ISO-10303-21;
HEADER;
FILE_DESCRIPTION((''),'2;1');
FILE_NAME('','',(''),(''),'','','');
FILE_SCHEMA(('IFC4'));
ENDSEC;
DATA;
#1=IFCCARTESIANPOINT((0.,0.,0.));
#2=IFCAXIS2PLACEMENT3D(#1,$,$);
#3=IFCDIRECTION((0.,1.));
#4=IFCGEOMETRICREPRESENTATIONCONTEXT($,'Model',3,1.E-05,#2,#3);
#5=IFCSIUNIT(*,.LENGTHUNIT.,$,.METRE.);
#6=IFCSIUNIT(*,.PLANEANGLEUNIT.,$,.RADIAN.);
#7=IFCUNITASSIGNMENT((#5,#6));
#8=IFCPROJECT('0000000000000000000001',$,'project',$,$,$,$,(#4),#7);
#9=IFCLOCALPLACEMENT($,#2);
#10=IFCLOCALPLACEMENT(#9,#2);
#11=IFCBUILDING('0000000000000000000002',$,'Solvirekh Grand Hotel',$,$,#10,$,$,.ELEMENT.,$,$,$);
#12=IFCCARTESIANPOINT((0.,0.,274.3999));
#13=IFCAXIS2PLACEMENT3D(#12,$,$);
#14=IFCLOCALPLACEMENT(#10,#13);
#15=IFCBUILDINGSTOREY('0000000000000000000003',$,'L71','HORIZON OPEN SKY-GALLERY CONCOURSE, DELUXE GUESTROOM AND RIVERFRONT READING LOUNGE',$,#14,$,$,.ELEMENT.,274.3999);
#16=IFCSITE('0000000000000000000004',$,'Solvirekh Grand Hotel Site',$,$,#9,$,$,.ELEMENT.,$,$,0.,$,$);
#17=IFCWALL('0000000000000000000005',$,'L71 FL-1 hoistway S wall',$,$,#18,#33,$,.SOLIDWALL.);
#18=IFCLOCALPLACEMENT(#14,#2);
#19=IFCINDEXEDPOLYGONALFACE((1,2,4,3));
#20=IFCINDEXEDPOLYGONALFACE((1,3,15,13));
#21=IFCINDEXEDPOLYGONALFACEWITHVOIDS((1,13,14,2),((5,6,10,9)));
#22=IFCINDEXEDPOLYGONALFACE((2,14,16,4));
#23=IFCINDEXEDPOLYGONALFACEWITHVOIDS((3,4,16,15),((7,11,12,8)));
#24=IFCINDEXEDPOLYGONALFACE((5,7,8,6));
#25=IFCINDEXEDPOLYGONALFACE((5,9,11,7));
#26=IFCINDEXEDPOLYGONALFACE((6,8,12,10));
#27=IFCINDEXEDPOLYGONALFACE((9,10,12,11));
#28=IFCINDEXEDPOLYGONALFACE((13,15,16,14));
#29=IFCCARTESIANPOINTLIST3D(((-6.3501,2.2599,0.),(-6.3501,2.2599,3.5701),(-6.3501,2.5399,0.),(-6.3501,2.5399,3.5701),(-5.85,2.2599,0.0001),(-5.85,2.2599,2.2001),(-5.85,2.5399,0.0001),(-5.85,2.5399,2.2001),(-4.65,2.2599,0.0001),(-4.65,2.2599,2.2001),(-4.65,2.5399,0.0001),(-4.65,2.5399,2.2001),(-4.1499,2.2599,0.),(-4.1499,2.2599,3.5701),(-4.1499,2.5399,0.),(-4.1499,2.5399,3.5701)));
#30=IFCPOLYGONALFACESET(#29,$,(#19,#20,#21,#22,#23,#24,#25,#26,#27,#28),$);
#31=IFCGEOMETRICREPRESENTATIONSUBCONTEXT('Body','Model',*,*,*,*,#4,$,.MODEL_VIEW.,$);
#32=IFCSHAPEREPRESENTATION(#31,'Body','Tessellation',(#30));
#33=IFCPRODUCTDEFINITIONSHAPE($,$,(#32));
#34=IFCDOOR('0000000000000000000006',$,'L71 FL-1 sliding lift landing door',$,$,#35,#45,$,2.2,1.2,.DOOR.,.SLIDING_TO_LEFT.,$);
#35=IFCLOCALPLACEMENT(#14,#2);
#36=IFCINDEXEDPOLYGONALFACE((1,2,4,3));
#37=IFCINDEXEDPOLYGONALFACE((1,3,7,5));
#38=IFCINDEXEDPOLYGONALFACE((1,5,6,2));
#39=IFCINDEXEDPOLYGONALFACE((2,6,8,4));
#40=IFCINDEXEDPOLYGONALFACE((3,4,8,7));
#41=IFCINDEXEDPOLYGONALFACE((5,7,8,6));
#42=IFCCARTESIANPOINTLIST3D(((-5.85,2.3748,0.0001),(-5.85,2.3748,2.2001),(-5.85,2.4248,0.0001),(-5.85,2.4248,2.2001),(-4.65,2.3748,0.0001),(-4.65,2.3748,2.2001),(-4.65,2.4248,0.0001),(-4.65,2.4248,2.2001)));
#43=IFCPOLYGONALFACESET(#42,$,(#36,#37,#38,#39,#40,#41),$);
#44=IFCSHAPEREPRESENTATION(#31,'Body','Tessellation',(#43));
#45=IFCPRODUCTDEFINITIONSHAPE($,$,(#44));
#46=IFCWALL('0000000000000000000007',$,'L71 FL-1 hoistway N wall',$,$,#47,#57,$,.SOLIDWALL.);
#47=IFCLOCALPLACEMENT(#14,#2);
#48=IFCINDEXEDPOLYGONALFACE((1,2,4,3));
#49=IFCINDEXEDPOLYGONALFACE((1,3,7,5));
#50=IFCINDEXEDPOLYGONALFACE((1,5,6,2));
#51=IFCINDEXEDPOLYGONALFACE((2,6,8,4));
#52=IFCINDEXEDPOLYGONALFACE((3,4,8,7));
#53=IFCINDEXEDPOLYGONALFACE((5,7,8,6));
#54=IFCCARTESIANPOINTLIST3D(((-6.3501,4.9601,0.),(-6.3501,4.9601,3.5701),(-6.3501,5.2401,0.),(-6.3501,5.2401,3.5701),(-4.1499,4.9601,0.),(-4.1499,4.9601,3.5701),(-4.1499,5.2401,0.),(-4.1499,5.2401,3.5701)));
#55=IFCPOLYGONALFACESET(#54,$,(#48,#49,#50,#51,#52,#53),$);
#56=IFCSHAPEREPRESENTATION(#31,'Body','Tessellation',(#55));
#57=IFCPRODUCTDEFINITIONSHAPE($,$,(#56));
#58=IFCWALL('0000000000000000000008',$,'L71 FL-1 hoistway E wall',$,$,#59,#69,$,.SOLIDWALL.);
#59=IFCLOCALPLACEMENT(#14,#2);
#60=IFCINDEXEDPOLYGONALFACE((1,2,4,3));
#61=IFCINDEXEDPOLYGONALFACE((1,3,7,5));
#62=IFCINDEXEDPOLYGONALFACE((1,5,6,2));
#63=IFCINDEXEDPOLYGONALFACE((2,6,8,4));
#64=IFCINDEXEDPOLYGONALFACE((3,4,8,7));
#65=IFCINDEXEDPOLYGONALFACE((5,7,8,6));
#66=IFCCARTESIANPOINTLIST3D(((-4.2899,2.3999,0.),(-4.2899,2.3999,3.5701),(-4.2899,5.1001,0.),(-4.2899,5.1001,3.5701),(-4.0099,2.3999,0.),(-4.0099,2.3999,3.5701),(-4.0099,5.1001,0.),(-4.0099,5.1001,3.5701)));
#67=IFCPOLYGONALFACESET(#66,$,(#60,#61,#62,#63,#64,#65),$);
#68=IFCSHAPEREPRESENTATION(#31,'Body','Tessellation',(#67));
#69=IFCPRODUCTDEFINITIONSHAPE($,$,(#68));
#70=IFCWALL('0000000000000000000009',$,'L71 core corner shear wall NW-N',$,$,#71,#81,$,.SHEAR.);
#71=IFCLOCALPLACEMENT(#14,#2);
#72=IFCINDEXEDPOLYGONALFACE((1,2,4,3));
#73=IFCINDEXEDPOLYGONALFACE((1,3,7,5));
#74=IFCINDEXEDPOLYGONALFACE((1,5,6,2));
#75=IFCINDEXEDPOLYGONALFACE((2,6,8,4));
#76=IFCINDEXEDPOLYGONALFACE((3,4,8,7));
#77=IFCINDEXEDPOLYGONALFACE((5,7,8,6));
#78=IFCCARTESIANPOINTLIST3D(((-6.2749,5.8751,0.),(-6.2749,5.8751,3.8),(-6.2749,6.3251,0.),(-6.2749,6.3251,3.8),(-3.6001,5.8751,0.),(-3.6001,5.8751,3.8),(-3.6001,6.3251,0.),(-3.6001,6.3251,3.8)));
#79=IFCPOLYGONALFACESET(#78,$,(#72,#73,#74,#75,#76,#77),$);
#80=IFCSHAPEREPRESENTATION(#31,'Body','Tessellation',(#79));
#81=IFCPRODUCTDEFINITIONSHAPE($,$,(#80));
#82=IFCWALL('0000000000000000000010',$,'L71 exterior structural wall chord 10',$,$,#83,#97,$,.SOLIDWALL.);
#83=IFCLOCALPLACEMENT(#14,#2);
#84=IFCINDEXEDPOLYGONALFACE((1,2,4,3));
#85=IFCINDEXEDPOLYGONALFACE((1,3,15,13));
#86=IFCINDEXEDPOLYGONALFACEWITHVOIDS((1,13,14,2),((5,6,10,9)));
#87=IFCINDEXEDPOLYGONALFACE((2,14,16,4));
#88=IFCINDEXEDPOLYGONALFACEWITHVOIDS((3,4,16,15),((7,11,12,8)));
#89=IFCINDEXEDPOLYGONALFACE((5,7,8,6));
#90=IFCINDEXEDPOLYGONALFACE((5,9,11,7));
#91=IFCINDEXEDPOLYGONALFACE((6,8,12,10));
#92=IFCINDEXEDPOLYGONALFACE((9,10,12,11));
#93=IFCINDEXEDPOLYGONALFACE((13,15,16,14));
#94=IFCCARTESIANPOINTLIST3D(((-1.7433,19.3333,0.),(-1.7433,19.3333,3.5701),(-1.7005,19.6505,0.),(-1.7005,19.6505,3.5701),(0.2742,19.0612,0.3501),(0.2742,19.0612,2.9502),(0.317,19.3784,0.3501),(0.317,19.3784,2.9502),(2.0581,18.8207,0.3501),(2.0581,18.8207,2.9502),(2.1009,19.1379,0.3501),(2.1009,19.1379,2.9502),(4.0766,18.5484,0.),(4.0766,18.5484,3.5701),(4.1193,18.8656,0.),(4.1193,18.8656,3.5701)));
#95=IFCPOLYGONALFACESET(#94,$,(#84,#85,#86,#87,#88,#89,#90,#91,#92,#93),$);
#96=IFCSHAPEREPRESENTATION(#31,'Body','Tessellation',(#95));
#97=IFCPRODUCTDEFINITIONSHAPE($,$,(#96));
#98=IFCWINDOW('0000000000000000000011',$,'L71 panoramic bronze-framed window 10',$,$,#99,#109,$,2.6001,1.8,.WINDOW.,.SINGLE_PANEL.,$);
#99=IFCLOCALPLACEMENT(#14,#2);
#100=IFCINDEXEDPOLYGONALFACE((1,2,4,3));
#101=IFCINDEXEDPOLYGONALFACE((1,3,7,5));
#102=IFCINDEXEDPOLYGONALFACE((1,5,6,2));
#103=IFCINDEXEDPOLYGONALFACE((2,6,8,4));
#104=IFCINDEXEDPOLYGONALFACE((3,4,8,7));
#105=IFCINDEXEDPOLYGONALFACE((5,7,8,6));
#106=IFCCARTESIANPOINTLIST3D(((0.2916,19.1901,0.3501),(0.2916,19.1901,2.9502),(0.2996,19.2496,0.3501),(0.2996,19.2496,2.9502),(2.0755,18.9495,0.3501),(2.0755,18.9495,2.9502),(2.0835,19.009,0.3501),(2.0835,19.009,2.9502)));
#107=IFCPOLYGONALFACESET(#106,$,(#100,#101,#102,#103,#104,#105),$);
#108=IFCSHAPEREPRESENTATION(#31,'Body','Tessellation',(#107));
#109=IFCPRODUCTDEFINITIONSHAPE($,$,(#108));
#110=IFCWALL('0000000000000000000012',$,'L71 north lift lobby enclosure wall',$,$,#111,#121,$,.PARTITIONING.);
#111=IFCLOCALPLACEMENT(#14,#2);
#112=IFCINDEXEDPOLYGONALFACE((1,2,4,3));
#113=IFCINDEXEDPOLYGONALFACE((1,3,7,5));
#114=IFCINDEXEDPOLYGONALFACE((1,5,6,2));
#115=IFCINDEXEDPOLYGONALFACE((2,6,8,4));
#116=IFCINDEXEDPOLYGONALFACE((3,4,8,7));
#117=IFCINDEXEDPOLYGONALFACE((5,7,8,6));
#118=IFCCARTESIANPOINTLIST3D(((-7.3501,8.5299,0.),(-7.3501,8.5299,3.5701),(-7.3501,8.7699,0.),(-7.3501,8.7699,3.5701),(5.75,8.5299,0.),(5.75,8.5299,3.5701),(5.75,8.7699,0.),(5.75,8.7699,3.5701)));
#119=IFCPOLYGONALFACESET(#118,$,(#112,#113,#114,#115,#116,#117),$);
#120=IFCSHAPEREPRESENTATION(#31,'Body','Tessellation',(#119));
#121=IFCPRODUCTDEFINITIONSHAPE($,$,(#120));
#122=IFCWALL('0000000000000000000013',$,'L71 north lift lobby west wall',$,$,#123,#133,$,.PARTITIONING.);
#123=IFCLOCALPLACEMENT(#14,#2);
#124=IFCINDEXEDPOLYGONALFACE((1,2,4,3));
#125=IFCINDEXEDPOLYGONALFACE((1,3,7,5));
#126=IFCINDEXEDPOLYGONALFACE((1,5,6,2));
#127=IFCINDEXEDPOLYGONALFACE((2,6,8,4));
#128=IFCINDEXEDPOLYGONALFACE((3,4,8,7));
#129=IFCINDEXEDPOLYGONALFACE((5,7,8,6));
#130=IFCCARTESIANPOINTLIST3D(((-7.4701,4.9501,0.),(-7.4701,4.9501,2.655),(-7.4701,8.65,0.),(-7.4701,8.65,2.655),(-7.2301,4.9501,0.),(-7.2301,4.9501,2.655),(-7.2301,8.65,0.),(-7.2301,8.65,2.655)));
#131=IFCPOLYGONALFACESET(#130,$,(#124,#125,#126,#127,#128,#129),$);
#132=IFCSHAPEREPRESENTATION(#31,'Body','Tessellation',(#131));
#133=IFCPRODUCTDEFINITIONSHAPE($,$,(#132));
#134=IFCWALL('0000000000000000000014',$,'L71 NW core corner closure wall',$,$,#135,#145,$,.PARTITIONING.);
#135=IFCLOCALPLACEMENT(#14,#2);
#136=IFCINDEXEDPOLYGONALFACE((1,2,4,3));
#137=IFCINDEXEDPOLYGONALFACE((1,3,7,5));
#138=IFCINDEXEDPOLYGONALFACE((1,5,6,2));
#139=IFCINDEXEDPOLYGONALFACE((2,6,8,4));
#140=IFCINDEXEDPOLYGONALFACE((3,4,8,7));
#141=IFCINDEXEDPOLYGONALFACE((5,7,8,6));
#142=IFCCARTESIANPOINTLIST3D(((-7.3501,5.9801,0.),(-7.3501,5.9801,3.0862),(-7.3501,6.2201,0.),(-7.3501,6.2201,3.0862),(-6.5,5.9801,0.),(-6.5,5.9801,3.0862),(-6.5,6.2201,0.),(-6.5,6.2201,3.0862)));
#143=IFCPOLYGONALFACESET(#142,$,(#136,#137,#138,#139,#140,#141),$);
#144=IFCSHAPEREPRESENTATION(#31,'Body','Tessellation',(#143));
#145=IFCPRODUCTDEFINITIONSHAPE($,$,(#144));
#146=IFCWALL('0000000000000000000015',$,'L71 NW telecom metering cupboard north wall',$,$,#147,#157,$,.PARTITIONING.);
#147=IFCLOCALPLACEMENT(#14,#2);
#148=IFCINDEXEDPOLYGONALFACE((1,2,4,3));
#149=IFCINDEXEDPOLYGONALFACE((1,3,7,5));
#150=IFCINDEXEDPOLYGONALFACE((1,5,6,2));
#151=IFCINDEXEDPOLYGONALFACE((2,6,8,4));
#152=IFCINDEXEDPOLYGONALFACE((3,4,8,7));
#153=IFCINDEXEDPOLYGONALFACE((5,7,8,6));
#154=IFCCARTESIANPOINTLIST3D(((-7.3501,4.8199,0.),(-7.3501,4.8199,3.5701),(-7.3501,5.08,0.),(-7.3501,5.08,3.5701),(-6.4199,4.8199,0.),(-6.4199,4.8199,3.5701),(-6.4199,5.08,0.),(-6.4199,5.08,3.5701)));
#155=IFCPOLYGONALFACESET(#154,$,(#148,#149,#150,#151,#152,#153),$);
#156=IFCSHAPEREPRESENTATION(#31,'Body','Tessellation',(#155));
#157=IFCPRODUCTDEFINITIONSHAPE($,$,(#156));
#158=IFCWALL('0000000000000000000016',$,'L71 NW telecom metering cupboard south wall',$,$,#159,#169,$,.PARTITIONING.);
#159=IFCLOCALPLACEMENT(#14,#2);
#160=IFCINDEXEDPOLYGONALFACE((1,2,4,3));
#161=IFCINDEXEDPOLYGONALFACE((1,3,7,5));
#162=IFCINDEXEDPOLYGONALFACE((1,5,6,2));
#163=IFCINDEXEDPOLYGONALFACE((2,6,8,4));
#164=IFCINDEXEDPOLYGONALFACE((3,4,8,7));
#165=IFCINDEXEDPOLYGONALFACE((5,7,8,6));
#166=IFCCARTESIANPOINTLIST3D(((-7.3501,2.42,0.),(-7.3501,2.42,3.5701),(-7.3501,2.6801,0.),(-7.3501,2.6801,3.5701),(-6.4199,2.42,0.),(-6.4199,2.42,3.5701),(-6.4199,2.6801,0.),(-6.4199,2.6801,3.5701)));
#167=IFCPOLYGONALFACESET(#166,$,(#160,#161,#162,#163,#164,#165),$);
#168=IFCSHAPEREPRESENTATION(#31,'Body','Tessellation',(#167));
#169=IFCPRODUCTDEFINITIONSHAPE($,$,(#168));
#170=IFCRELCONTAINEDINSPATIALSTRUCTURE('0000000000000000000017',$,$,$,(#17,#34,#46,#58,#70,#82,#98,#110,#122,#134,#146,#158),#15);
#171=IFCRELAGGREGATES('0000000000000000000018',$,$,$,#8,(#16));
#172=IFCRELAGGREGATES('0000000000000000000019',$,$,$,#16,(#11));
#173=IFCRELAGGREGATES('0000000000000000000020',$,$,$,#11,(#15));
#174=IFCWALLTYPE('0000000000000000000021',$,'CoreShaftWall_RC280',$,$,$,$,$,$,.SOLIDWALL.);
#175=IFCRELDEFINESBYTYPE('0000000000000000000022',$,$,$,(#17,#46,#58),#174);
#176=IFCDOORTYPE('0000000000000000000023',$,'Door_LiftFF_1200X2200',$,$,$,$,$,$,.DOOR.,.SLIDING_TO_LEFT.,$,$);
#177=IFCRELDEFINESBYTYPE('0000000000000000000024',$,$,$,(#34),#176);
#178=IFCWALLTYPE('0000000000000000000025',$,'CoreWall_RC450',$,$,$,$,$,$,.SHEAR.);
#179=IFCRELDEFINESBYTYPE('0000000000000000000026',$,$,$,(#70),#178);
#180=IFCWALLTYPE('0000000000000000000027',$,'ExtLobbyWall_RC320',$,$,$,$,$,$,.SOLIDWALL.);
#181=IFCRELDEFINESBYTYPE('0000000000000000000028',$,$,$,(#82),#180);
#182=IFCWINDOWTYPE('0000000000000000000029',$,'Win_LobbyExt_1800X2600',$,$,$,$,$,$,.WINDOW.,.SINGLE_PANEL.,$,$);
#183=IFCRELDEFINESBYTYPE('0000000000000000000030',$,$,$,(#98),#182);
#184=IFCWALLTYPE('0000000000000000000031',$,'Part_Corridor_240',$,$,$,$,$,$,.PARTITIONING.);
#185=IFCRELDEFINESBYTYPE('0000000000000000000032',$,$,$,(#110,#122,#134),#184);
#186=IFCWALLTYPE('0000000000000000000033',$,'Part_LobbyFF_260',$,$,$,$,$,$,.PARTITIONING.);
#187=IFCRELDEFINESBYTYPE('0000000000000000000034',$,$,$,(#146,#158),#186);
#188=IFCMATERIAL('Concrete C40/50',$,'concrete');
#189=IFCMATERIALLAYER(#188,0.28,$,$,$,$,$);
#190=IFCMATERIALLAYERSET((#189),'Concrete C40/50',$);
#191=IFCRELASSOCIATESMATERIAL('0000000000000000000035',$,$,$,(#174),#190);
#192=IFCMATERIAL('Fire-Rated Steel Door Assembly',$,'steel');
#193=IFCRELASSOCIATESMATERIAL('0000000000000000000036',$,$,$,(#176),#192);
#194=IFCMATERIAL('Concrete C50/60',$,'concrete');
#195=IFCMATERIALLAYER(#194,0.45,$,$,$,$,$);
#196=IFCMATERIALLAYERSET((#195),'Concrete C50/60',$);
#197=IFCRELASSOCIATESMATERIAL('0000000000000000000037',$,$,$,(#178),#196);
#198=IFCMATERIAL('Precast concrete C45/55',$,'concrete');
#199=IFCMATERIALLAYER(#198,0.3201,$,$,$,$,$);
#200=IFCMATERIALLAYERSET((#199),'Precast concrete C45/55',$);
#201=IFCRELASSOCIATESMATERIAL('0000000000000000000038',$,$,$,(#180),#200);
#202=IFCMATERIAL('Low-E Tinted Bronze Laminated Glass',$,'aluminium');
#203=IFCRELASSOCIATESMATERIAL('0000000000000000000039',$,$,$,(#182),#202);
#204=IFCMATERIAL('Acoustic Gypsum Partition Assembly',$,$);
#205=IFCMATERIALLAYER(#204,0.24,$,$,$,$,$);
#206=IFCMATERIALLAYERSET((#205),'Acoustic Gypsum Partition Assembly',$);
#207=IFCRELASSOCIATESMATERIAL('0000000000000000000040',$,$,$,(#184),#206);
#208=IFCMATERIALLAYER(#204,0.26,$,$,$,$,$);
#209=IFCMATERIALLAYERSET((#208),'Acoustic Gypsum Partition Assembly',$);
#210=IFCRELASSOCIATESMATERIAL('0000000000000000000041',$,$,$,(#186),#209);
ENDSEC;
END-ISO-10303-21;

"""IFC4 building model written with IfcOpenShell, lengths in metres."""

from ifc_helpers import new_model, si_unit, direction, frame, frame_2d, origin, place, context, subcontext, project, spatial, rectangle, extrude, material, layer, layer_set, type_object, element, fill, save


model = new_model("IFC4")

# Units and contexts
model_context = context("Model", 3, precision=1e-05, world=origin(), true_north=direction((0.0, 1.0)))
body_context = subcontext(model_context, "Body", "Model", "MODEL_VIEW")
ifc_project = project(units=[si_unit("LENGTHUNIT", "METRE"), si_unit("PLANEANGLEUNIT", "RADIAN")], contexts=[model_context])

# Site, building, storey
site_placement = place(None, origin())
site = spatial("IfcSite", under=ifc_project, at=site_placement, Name="Solvirekh Grand Hotel Site", CompositionType="ELEMENT", RefElevation=0.0)
building_placement = place(site_placement, origin())
building = spatial("IfcBuilding", under=site, at=building_placement, Name="Solvirekh Grand Hotel", CompositionType="ELEMENT")
storey_placement = place(building_placement, frame((0.0, 0.0, 274.3999)))
storey = spatial("IfcBuildingStorey", under=building, at=storey_placement, Name="L71", Description="HORIZON OPEN SKY-GALLERY CONCOURSE, DELUXE GUESTROOM AND RIVERFRONT READING LOUNGE", CompositionType="ELEMENT", Elevation=274.3999)

# Shared definitions
ifc_material_1 = material(Name="Concrete C50/60", Category="concrete")

# Shared definitions
ifc_material_2 = material(Name="Low-E Tinted Bronze Laminated Glass", Category="aluminium")

# Shared definitions
ifc_material_3 = material(Name="Concrete C40/50", Category="concrete")
ifc_layer_1 = layer(ifc_material_3, 0.28)
ifc_layer_set_1 = layer_set([ifc_layer_1], Name="Concrete C40/50")
wall_type_1 = type_object("IfcWallType", Name="CoreShaftWall_RC280", PredefinedType="SOLIDWALL", material=ifc_layer_set_1)
ifc_material_4 = material(Name="Fire-Rated Steel Door Assembly", Category="steel")

# Wall, opening, door
wall_1_placement = place(storey_placement, frame((-6.3501, 2.3999, 0.0), z_axis=(0.0, 0.0, 1.0), x_axis=(1.0, 0.0, 0.0)))
wall_1 = element("IfcWall", 1, at=wall_1_placement, inside=storey, type_object=wall_type_1, Name="L71 FL-1 hoistway S wall", PredefinedType="SOLIDWALL", context=body_context, shape_type="SweptSolid", body=[
    extrude(rectangle(XDim=2.2002, YDim=0.28, at=frame_2d((1.1001, 0.0))), origin(), (0.0, 0.0, 1.0), 3.5701),
])
opening_1_placement = place(wall_1_placement, frame((0.5, 0.0, 0.0)))
opening_1 = element("IfcOpeningElement", 2, at=opening_1_placement, cuts=wall_1, PredefinedType="OPENING", context=body_context, shape_type="SweptSolid", body=[
    extrude(rectangle(XDim=1.2, YDim=2.2, at=frame_2d((0.6001, 1.1001))), frame((0.0, 0.1499, 0.0), z_axis=(0.0, -1.0, 0.0), x_axis=(1.0, 0.0, 0.0)), (0.0, 0.0, 1.0), 0.3),
])
door_type_1 = type_object("IfcDoorType", Name="Door_LiftFF_1200X2200", OperationType="SLIDING_TO_LEFT", PredefinedType="DOOR", material=ifc_material_4)
door_1_placement = place(opening_1_placement, origin())
door_1 = element("IfcDoor", 3, at=door_1_placement, inside=storey, type_object=door_type_1, Name="L71 FL-1 sliding lift landing door", OperationType="SLIDING_TO_LEFT", OverallHeight=2.2, OverallWidth=1.2, PredefinedType="DOOR", context=body_context, shape_type="SweptSolid", body=[
    extrude(rectangle(XDim=1.2, YDim=2.2, at=frame_2d((0.6001, 1.1001))), frame((0.0, 0.0249, 0.0), z_axis=(0.0, -1.0, 0.0), x_axis=(1.0, 0.0, 0.0)), (0.0, 0.0, 1.0), 0.05),
])
fill(opening_1, door_1)

# Walls
wall_2_placement = place(storey_placement, frame((-4.1499, 5.1001, 0.0), z_axis=(0.0, 0.0, 1.0), x_axis=(-1.0, 0.0, 0.0)))
element("IfcWall", 4, at=wall_2_placement, inside=storey, type_object=wall_type_1, Name="L71 FL-1 hoistway N wall", PredefinedType="SOLIDWALL", context=body_context, shape_type="SweptSolid", body=[
    extrude(rectangle(XDim=2.2002, YDim=0.28, at=frame_2d((1.1001, 0.0))), origin(), (0.0, 0.0, 1.0), 3.5701),
])
wall_3_placement = place(storey_placement, frame((-4.1499, 2.3999, 0.0), z_axis=(0.0, 0.0, 1.0), x_axis=(0.0, 1.0, 0.0)))
element("IfcWall", 5, at=wall_3_placement, inside=storey, type_object=wall_type_1, Name="L71 FL-1 hoistway E wall", PredefinedType="SOLIDWALL", context=body_context, shape_type="SweptSolid", body=[
    extrude(rectangle(XDim=2.7002, YDim=0.28, at=frame_2d((1.3501, 0.0))), origin(), (0.0, 0.0, 1.0), 3.5701),
])
ifc_layer_2 = layer(ifc_material_1, 0.45)
ifc_layer_set_2 = layer_set([ifc_layer_2], Name="Concrete C50/60")
wall_type_2 = type_object("IfcWallType", Name="CoreWall_RC450", PredefinedType="SHEAR", material=ifc_layer_set_2)
wall_4_placement = place(storey_placement, frame((-6.2749, 6.1001, 0.0), z_axis=(0.0, 0.0, 1.0), x_axis=(1.0, 0.0, 0.0)))
element("IfcWall", 6, at=wall_4_placement, inside=storey, type_object=wall_type_2, Name="L71 core corner shear wall NW-N", PredefinedType="SHEAR", context=body_context, shape_type="SweptSolid", body=[
    extrude(rectangle(XDim=2.6748, YDim=0.45, at=frame_2d((1.3374, 0.0))), origin(), (0.0, 0.0, 1.0), 3.8),
])

# Wall, opening, window
ifc_material_5 = material(Name="Precast concrete C45/55", Category="concrete")
ifc_layer_3 = layer(ifc_material_5, 0.3201)
ifc_layer_set_3 = layer_set([ifc_layer_3], Name="Precast concrete C45/55")
wall_type_3 = type_object("IfcWallType", Name="ExtLobbyWall_RC320", PredefinedType="SOLIDWALL", material=ifc_layer_set_3)
wall_5_placement = place(storey_placement, frame((-1.7219, 19.4919, 0.0), z_axis=(0.0, 0.0, 1.0), x_axis=(0.991027, -0.133659, 0.0)))
wall_5 = element("IfcWall", 7, at=wall_5_placement, inside=storey, type_object=wall_type_3, Name="L71 exterior structural wall chord 10", PredefinedType="SOLIDWALL", context=body_context, shape_type="SweptSolid", body=[
    extrude(rectangle(XDim=5.8726, YDim=0.3201, at=frame_2d((2.9363, 0.0))), origin(), (0.0, 0.0, 1.0), 3.5701),
])
opening_2_placement = place(wall_5_placement, frame((2.0359, 0.0, 0.3501)))
opening_2 = element("IfcOpeningElement", 8, at=opening_2_placement, cuts=wall_5, PredefinedType="OPENING", context=body_context, shape_type="SweptSolid", body=[
    extrude(rectangle(XDim=1.8, YDim=2.6001, at=frame_2d((0.8999, 1.3))), frame((0.0, 0.1699, 0.0), z_axis=(0.0, -1.0, 0.0), x_axis=(1.0, 0.0, 0.0)), (0.0, 0.0, 1.0), 0.3401),
])
window_type = type_object("IfcWindowType", Name="Win_LobbyExt_1800X2600", PartitioningType="SINGLE_PANEL", PredefinedType="WINDOW", material=ifc_material_2)
window_placement = place(opening_2_placement, origin())
window = element("IfcWindow", 9, at=window_placement, inside=storey, type_object=window_type, Name="L71 panoramic bronze-framed window 10", OverallHeight=2.6001, OverallWidth=1.8, PartitioningType="SINGLE_PANEL", PredefinedType="WINDOW", context=body_context, shape_type="SweptSolid", body=[
    extrude(rectangle(XDim=1.8, YDim=2.6001, at=frame_2d((0.8999, 1.3))), frame((0.0, 0.03, 0.0), z_axis=(0.0, -1.0, 0.0), x_axis=(1.0, 0.0, 0.0)), (0.0, 0.0, 1.0), 0.0601),
])
fill(opening_2, window)

# Walls
ifc_material_6 = material(Name="Acoustic Gypsum Partition Assembly")
ifc_layer_4 = layer(ifc_material_6, 0.24)
ifc_layer_set_4 = layer_set([ifc_layer_4], Name="Acoustic Gypsum Partition Assembly")
wall_type_4 = type_object("IfcWallType", Name="Part_Corridor_240", PredefinedType="PARTITIONING", material=ifc_layer_set_4)
wall_6_placement = place(storey_placement, frame((-7.3501, 8.6499, 0.0), z_axis=(0.0, 0.0, 1.0), x_axis=(1.0, 0.0, 0.0)))
element("IfcWall", 10, at=wall_6_placement, inside=storey, type_object=wall_type_4, Name="L71 north lift lobby enclosure wall", PredefinedType="PARTITIONING", context=body_context, shape_type="SweptSolid", body=[
    extrude(rectangle(XDim=13.1001, YDim=0.24, at=frame_2d((6.55, 0.0))), origin(), (0.0, 0.0, 1.0), 3.5701),
])
wall_7_placement = place(storey_placement, frame((-7.3501, 4.95, 0.0), z_axis=(0.0, 0.0, 1.0), x_axis=(0.0, 1.0, 0.0)))
element("IfcWall", 11, at=wall_7_placement, inside=storey, type_object=wall_type_4, Name="L71 north lift lobby west wall", PredefinedType="PARTITIONING", context=body_context, shape_type="SweptSolid", body=[
    extrude(rectangle(XDim=3.7, YDim=0.24, at=frame_2d((1.8501, 0.0))), origin(), (0.0, 0.0, 1.0), 2.655),
])
wall_8_placement = place(storey_placement, frame((-7.3501, 6.1001, 0.0), z_axis=(0.0, 0.0, 1.0), x_axis=(1.0, 0.0, 0.0)))
element("IfcWall", 12, at=wall_8_placement, inside=storey, type_object=wall_type_4, Name="L71 NW core corner closure wall", PredefinedType="PARTITIONING", context=body_context, shape_type="SweptSolid", body=[
    extrude(rectangle(XDim=0.8501, YDim=0.24, at=frame_2d((0.425, 0.0))), origin(), (0.0, 0.0, 1.0), 3.0862),
])
ifc_layer_5 = layer(ifc_material_6, 0.26)
ifc_layer_set_5 = layer_set([ifc_layer_5], Name="Acoustic Gypsum Partition Assembly")
wall_type_5 = type_object("IfcWallType", Name="Part_LobbyFF_260", PredefinedType="PARTITIONING", material=ifc_layer_set_5)
for number, where, z_axis, x_axis, name in (
    (13, (-7.3501, 4.95, 0.0), (0.0, 0.0, 1.0), (1.0, 0.0, 0.0), "L71 NW telecom metering cupboard north wall"),
    (14, (-7.3501, 2.55, 0.0), (0.0, 0.0, 1.0), (1.0, 0.0, 0.0), "L71 NW telecom metering cupboard south wall"),
):
    element("IfcWall", number, at=place(storey_placement, frame(where, z_axis=z_axis, x_axis=x_axis)), inside=storey, type_object=wall_type_5, Name=name, PredefinedType="PARTITIONING", context=body_context, shape_type="SweptSolid", body=[
        extrude(rectangle(XDim=0.9302, YDim=0.26, at=frame_2d((0.4651, 0.0))), origin(), (0.0, 0.0, 1.0), 3.5701),
    ])

save(model, "model.ifc")
